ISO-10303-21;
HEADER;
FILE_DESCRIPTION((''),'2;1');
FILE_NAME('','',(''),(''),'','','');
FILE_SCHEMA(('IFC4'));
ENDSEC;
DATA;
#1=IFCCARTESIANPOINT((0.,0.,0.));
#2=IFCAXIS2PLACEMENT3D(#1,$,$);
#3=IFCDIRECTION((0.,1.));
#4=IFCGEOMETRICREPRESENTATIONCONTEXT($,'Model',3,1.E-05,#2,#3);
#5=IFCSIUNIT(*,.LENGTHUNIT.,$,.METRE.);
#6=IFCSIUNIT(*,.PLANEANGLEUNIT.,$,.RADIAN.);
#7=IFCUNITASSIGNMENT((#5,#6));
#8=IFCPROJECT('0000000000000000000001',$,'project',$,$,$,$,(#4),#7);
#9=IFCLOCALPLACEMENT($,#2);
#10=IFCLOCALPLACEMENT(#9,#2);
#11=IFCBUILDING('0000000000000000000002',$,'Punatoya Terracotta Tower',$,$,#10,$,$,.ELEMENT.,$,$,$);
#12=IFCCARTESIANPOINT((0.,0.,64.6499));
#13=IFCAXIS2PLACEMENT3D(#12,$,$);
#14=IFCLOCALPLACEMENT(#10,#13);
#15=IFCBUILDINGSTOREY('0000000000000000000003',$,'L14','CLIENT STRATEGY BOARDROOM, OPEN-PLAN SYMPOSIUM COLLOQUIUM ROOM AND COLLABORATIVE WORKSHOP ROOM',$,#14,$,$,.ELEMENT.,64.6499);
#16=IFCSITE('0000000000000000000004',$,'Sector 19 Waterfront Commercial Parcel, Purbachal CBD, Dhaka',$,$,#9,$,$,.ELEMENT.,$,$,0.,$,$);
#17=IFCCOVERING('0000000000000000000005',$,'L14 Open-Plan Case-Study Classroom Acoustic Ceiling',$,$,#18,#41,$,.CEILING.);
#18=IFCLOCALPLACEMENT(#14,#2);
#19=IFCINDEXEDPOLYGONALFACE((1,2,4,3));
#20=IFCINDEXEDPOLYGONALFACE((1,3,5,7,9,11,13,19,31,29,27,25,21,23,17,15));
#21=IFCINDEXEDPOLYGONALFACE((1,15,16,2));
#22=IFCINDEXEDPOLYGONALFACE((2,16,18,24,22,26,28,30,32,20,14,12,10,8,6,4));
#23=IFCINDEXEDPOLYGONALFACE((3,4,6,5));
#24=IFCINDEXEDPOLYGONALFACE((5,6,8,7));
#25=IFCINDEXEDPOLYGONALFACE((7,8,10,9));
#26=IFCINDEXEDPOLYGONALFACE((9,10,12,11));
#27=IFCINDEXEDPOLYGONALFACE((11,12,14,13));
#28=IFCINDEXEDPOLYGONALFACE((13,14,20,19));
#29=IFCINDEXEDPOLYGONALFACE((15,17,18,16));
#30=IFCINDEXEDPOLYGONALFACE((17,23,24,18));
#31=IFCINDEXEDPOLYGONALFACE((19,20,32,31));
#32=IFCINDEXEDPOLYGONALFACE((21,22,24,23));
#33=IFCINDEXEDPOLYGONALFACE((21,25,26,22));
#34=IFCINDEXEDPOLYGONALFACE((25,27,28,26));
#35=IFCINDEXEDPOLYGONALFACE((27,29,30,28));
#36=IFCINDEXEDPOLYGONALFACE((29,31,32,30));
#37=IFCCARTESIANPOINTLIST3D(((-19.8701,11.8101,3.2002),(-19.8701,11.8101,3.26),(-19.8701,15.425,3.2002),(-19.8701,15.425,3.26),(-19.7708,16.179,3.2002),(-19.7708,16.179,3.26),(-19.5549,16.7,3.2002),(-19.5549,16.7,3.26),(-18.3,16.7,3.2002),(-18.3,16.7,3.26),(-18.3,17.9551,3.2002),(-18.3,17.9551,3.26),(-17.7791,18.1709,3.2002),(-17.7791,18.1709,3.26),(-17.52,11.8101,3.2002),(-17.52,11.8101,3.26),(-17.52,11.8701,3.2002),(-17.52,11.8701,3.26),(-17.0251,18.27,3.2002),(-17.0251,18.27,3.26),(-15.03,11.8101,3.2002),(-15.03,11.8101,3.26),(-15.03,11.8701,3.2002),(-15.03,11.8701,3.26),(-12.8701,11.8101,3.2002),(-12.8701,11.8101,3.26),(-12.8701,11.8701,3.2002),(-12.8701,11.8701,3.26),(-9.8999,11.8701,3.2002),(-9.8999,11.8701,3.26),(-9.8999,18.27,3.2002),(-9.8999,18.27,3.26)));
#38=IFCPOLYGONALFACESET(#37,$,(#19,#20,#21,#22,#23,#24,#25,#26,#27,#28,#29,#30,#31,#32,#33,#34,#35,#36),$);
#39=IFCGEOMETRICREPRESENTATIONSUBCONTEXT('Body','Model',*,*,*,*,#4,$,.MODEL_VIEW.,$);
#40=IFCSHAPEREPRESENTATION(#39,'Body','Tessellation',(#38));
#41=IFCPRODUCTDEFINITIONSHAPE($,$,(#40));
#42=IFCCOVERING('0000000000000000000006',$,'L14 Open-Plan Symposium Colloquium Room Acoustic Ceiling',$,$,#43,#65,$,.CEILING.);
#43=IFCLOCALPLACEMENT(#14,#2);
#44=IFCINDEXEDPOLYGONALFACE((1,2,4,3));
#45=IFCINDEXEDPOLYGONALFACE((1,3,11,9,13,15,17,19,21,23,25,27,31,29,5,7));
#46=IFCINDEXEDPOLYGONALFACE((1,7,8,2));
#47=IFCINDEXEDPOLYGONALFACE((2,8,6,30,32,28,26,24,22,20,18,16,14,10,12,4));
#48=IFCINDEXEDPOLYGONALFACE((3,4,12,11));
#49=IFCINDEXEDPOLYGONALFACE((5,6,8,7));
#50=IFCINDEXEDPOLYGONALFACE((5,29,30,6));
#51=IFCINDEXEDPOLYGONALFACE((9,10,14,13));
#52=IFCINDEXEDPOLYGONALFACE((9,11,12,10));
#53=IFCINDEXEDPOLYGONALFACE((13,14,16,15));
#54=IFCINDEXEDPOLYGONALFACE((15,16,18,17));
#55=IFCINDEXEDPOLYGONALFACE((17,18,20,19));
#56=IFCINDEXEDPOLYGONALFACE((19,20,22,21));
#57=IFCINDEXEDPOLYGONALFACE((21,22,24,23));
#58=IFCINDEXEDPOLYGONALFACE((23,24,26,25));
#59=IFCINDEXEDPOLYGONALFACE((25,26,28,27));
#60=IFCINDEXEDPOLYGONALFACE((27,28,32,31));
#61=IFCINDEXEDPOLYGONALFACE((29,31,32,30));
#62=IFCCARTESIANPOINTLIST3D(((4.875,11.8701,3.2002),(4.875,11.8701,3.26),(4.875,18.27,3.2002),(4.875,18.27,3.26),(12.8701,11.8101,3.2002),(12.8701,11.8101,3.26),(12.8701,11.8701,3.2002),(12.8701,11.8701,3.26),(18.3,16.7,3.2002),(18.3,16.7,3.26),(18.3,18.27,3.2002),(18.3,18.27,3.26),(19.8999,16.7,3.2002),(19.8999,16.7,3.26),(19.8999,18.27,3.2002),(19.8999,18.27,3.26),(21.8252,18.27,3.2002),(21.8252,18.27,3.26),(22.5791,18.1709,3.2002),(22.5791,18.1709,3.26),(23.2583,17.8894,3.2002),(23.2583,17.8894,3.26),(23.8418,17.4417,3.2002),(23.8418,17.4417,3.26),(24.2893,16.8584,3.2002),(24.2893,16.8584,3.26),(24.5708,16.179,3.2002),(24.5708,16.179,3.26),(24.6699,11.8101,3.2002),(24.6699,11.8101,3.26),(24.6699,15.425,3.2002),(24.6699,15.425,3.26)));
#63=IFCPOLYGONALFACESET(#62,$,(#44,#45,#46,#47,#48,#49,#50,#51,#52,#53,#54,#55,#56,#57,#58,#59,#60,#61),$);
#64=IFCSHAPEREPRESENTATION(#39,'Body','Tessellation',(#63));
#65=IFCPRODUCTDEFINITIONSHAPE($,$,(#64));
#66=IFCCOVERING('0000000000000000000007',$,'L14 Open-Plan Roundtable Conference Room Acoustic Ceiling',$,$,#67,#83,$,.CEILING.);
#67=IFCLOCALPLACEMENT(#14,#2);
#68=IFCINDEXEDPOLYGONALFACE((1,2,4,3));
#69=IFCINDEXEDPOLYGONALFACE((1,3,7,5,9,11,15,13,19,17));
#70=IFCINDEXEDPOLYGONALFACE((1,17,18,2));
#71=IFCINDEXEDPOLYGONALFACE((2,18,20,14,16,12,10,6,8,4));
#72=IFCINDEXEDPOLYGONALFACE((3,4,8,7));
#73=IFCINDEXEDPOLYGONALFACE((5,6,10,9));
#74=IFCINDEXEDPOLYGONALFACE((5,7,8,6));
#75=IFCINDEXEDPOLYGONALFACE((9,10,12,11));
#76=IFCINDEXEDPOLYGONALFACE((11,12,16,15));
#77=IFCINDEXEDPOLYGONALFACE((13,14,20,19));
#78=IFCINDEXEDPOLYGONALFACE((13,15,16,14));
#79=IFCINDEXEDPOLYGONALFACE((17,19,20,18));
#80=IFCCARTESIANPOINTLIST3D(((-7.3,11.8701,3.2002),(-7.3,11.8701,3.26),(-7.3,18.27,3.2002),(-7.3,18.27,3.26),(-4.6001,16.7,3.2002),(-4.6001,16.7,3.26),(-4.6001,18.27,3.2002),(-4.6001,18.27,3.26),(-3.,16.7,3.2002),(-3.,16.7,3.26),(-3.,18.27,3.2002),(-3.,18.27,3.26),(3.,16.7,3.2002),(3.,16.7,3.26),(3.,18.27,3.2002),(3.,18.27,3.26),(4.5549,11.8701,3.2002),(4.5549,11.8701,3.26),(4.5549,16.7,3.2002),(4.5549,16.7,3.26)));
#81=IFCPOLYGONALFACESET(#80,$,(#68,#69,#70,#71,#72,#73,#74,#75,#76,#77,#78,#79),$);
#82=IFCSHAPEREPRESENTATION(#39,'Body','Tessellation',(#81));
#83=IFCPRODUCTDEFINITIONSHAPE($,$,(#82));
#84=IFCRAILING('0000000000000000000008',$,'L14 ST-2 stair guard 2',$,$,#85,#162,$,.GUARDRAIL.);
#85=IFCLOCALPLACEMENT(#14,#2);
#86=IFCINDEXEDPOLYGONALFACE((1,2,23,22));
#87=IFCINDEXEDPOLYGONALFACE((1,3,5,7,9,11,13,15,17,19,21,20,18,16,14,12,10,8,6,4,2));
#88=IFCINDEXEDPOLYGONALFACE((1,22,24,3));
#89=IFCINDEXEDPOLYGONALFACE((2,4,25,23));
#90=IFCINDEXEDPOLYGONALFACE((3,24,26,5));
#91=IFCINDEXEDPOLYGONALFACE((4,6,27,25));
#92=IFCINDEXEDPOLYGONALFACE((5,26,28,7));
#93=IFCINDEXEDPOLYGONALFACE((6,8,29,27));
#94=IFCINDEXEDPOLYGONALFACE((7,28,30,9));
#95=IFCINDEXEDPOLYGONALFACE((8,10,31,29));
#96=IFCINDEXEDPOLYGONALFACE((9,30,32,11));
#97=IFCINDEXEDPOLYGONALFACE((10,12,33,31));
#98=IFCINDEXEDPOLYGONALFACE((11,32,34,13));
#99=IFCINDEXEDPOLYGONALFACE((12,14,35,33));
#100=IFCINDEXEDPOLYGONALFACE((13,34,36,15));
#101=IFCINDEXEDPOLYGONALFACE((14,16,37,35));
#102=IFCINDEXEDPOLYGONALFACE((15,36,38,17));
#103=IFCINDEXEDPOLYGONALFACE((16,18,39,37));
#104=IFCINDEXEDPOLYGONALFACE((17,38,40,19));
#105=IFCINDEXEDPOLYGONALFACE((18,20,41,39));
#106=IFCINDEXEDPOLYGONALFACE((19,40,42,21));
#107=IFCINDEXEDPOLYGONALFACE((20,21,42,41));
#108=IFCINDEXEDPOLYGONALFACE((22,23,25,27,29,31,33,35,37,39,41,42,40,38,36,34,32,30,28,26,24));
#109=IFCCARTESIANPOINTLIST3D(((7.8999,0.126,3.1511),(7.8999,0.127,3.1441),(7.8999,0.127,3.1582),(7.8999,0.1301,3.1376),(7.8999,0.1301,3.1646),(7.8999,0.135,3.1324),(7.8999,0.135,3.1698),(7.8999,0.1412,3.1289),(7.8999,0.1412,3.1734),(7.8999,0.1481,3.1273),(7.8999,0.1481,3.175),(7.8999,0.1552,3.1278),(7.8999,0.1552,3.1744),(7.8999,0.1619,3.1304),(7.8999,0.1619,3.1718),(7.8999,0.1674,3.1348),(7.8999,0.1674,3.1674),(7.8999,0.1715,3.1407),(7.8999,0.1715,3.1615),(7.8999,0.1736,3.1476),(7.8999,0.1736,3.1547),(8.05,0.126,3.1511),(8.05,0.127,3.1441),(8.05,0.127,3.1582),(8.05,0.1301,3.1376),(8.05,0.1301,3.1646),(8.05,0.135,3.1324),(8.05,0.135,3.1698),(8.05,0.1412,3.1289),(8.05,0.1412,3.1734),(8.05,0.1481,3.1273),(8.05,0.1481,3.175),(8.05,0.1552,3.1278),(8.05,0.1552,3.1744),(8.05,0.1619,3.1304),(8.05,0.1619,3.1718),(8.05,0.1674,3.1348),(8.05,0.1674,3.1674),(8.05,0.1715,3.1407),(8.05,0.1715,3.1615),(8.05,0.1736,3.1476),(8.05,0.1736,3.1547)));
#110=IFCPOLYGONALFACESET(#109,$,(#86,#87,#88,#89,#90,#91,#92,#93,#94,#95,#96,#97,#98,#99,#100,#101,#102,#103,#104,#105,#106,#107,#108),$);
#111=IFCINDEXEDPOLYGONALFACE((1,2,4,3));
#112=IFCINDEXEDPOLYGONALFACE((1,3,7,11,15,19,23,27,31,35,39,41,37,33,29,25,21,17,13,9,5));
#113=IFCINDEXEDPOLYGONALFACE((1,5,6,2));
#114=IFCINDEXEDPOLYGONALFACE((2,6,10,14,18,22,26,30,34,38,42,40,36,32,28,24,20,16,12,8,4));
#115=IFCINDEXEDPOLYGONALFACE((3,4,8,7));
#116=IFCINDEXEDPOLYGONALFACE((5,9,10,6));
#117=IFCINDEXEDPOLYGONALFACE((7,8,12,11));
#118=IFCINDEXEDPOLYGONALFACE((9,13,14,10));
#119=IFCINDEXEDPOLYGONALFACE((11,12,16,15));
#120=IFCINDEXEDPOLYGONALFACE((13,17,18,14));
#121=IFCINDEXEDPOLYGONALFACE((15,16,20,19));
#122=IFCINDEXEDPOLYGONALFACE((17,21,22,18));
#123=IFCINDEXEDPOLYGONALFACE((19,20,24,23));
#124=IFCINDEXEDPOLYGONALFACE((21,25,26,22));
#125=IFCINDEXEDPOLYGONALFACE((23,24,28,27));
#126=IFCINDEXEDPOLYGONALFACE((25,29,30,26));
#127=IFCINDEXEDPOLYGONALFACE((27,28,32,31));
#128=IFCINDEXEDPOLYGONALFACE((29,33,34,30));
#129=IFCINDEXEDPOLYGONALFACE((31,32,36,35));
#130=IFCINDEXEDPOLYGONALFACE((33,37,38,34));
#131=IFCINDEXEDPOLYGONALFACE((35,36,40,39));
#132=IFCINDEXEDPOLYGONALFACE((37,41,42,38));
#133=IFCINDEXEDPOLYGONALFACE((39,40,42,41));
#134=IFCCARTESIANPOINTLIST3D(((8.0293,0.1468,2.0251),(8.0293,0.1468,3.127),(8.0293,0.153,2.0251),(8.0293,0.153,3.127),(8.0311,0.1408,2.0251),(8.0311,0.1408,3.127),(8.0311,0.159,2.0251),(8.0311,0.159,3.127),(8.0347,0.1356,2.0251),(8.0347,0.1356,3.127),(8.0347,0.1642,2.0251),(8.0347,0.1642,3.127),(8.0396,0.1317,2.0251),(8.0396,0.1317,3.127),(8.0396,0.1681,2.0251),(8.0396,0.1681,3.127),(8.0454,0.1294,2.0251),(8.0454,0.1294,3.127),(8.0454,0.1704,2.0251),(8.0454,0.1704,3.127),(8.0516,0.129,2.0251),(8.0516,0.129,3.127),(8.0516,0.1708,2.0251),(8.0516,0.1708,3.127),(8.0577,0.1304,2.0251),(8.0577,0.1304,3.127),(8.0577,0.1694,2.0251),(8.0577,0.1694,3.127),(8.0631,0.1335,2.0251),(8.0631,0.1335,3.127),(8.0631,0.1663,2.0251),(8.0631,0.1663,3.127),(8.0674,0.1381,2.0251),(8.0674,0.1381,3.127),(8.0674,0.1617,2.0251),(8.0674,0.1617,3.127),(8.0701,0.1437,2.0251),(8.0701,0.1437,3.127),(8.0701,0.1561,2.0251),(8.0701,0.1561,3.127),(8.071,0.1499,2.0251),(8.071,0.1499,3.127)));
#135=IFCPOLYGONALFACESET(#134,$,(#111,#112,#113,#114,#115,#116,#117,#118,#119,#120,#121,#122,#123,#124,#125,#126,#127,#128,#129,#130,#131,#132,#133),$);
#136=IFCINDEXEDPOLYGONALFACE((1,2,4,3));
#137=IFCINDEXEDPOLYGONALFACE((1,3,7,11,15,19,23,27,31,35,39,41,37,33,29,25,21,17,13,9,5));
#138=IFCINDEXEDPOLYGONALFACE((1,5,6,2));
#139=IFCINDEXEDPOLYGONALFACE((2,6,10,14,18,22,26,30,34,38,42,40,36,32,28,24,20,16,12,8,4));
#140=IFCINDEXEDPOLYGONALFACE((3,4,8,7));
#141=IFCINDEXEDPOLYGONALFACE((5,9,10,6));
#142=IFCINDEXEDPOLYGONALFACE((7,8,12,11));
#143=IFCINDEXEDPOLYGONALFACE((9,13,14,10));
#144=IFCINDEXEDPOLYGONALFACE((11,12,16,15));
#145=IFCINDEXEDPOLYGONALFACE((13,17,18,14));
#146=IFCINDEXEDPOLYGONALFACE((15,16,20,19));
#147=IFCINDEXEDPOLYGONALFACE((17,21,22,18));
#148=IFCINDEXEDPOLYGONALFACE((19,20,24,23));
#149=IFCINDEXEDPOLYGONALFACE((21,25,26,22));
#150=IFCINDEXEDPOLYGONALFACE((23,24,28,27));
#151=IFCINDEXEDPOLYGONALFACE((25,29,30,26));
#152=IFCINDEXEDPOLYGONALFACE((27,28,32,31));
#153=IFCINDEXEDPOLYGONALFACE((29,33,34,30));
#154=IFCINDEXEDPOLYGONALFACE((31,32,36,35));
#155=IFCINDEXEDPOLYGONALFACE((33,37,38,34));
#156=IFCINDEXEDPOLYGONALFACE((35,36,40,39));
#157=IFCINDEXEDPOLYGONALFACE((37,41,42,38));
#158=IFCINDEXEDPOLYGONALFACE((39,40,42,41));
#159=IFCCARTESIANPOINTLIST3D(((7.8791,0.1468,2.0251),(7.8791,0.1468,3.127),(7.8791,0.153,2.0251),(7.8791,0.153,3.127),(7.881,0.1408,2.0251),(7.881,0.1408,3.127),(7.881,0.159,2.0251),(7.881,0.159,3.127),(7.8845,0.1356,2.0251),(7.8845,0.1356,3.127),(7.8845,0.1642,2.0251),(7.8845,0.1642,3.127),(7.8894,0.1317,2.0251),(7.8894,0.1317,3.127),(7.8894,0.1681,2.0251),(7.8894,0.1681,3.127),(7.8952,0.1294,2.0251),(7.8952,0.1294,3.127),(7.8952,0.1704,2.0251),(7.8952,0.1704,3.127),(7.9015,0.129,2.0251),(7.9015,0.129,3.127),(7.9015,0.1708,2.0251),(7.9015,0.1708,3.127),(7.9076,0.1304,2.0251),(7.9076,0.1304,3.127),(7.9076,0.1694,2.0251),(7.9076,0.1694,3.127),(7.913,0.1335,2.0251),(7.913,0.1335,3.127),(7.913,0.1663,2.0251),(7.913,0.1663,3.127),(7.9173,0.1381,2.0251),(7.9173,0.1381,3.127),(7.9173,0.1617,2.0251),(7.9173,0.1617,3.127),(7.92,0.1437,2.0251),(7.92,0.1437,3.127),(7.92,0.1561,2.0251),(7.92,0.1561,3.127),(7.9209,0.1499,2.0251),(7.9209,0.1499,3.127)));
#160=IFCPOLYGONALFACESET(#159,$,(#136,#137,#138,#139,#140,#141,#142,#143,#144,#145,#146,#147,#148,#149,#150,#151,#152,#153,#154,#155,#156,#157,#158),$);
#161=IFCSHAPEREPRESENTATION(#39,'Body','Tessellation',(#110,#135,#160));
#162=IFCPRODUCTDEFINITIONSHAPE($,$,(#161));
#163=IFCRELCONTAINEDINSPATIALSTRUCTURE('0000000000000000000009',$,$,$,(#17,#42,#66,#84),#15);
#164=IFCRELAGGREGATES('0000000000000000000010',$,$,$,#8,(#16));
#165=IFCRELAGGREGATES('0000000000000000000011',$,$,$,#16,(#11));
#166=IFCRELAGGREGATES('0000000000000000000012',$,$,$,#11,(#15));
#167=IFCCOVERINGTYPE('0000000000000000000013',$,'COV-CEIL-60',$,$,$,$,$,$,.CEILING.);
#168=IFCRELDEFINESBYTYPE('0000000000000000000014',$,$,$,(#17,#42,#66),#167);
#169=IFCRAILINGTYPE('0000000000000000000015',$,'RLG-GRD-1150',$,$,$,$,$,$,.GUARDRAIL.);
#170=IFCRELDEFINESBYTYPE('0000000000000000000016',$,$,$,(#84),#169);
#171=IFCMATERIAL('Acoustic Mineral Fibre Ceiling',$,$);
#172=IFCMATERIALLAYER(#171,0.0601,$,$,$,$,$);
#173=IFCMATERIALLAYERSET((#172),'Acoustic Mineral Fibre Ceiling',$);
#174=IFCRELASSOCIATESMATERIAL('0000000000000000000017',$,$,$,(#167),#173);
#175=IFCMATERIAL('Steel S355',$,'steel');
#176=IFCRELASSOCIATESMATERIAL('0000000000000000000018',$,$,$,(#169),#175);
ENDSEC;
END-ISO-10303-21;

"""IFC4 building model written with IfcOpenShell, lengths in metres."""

from ifc_helpers import new_model, si_unit, direction, frame, origin, origin_2d, place, context, subcontext, project, spatial, polyline, circle, outline, extrude, material, layer, layer_set, type_object, element, save


model = new_model("IFC4")

# Units and contexts
model_context = context("Model", 3, precision=1e-05, world=origin(), true_north=direction((0.0, 1.0)))
body_context = subcontext(model_context, "Body", "Model", "MODEL_VIEW")
ifc_project = project(units=[si_unit("LENGTHUNIT", "METRE"), si_unit("PLANEANGLEUNIT", "RADIAN")], contexts=[model_context])

# Site, building, storey
site_placement = place(None, origin())
site = spatial("IfcSite", under=ifc_project, at=site_placement, Name="Sector 19 Waterfront Commercial Parcel, Purbachal CBD, Dhaka", CompositionType="ELEMENT", RefElevation=0.0)
building_placement = place(site_placement, origin())
building = spatial("IfcBuilding", under=site, at=building_placement, Name="Punatoya Terracotta Tower", CompositionType="ELEMENT")
storey_placement = place(building_placement, frame((0.0, 0.0, 64.6499)))
storey = spatial("IfcBuildingStorey", under=building, at=storey_placement, Name="L14", Description="CLIENT STRATEGY BOARDROOM, OPEN-PLAN SYMPOSIUM COLLOQUIUM ROOM AND COLLABORATIVE WORKSHOP ROOM", CompositionType="ELEMENT", Elevation=64.6499)

# Shared definitions
ifc_material_1 = material(Name="Steel S355", Category="steel")

# Coverings
ifc_material_2 = material(Name="Acoustic Mineral Fibre Ceiling")
ifc_layer_1 = layer(ifc_material_2, 0.0601)
ifc_layer_set_1 = layer_set([ifc_layer_1], Name="Acoustic Mineral Fibre Ceiling")
covering_type = type_object("IfcCoveringType", Name="COV-CEIL-60", PredefinedType="CEILING", material=ifc_layer_set_1)
covering_1_placement = place(storey_placement, frame((0.0, 0.0, 3.2002)))
element("IfcCovering", 1, at=covering_1_placement, inside=storey, type_object=covering_type, Name="L14 Open-Plan Case-Study Classroom Acoustic Ceiling", PredefinedType="CEILING", context=body_context, shape_type="SweptSolid", body=[
    extrude(outline(polyline([(-17.7791, 18.1709), (-18.3, 17.9551), (-18.3, 16.7), (-19.5549, 16.7), (-19.7708, 16.179), (-19.8701, 15.425), (-19.8701, 11.8101), (-17.52, 11.8101), (-17.52, 11.8701), (-15.03, 11.8701), (-15.03, 11.8101), (-12.8701, 11.8101), (-12.8701, 11.8701), (-9.8999, 11.8701), (-9.8999, 18.27), (-17.0251, 18.27), (-17.7791, 18.1709)])), origin(), (0.0, 0.0, 1.0), 0.0598),
])
covering_2_placement = place(storey_placement, frame((0.0, 0.0, 3.2002)))
element("IfcCovering", 2, at=covering_2_placement, inside=storey, type_object=covering_type, Name="L14 Open-Plan Symposium Colloquium Room Acoustic Ceiling", PredefinedType="CEILING", context=body_context, shape_type="SweptSolid", body=[
    extrude(outline(polyline([(12.8701, 11.8101), (24.6699, 11.8101), (24.6699, 15.425), (24.5708, 16.179), (24.2893, 16.8584), (23.8418, 17.4417), (23.2583, 17.8894), (22.5791, 18.1709), (21.8252, 18.27), (19.8999, 18.27), (19.8999, 16.7), (18.3, 16.7), (18.3, 18.27), (4.875, 18.27), (4.875, 11.8701), (12.8701, 11.8701), (12.8701, 11.8101)])), origin(), (0.0, 0.0, 1.0), 0.0598),
])
covering_3_placement = place(storey_placement, frame((0.0, 0.0, 3.2002)))
element("IfcCovering", 3, at=covering_3_placement, inside=storey, type_object=covering_type, Name="L14 Open-Plan Roundtable Conference Room Acoustic Ceiling", PredefinedType="CEILING", context=body_context, shape_type="SweptSolid", body=[
    extrude(outline(polyline([(-4.6001, 18.27), (-7.3, 18.27), (-7.3, 11.8701), (4.5549, 11.8701), (4.5549, 16.7), (3.0, 16.7), (3.0, 18.27), (-3.0, 18.27), (-3.0, 16.7), (-4.6001, 16.7), (-4.6001, 18.27)])), origin(), (0.0, 0.0, 1.0), 0.0598),
])

# Railing
railing_type_1 = type_object("IfcRailingType", Name="RLG-GRD-1150", PredefinedType="GUARDRAIL", material=ifc_material_1)
railing_1_placement = place(storey_placement, frame((8.05, 0.1499, 2.0251)))
element("IfcRailing", 4, at=railing_1_placement, inside=storey, type_object=railing_type_1, Name="L14 ST-2 stair guard 2", PredefinedType="GUARDRAIL", context=body_context, shape_type="SweptSolid", body=[
    extrude(circle(Radius=0.0239, at=origin_2d()), frame((0.0, 0.0, 1.126), z_axis=(-1.0, 0.0, 0.0), x_axis=(0.0, -1.0, 0.0)), (0.0, 0.0, 1.0), 0.1501),
    extrude(circle(Radius=0.021, at=origin_2d()), origin(), (0.0, 0.0, 1.0), 1.1018),
    extrude(circle(Radius=0.021, at=origin_2d()), frame((-0.1501, 0.0, 0.0)), (0.0, 0.0, 1.0), 1.1018),
])

save(model, "model.ifc")
